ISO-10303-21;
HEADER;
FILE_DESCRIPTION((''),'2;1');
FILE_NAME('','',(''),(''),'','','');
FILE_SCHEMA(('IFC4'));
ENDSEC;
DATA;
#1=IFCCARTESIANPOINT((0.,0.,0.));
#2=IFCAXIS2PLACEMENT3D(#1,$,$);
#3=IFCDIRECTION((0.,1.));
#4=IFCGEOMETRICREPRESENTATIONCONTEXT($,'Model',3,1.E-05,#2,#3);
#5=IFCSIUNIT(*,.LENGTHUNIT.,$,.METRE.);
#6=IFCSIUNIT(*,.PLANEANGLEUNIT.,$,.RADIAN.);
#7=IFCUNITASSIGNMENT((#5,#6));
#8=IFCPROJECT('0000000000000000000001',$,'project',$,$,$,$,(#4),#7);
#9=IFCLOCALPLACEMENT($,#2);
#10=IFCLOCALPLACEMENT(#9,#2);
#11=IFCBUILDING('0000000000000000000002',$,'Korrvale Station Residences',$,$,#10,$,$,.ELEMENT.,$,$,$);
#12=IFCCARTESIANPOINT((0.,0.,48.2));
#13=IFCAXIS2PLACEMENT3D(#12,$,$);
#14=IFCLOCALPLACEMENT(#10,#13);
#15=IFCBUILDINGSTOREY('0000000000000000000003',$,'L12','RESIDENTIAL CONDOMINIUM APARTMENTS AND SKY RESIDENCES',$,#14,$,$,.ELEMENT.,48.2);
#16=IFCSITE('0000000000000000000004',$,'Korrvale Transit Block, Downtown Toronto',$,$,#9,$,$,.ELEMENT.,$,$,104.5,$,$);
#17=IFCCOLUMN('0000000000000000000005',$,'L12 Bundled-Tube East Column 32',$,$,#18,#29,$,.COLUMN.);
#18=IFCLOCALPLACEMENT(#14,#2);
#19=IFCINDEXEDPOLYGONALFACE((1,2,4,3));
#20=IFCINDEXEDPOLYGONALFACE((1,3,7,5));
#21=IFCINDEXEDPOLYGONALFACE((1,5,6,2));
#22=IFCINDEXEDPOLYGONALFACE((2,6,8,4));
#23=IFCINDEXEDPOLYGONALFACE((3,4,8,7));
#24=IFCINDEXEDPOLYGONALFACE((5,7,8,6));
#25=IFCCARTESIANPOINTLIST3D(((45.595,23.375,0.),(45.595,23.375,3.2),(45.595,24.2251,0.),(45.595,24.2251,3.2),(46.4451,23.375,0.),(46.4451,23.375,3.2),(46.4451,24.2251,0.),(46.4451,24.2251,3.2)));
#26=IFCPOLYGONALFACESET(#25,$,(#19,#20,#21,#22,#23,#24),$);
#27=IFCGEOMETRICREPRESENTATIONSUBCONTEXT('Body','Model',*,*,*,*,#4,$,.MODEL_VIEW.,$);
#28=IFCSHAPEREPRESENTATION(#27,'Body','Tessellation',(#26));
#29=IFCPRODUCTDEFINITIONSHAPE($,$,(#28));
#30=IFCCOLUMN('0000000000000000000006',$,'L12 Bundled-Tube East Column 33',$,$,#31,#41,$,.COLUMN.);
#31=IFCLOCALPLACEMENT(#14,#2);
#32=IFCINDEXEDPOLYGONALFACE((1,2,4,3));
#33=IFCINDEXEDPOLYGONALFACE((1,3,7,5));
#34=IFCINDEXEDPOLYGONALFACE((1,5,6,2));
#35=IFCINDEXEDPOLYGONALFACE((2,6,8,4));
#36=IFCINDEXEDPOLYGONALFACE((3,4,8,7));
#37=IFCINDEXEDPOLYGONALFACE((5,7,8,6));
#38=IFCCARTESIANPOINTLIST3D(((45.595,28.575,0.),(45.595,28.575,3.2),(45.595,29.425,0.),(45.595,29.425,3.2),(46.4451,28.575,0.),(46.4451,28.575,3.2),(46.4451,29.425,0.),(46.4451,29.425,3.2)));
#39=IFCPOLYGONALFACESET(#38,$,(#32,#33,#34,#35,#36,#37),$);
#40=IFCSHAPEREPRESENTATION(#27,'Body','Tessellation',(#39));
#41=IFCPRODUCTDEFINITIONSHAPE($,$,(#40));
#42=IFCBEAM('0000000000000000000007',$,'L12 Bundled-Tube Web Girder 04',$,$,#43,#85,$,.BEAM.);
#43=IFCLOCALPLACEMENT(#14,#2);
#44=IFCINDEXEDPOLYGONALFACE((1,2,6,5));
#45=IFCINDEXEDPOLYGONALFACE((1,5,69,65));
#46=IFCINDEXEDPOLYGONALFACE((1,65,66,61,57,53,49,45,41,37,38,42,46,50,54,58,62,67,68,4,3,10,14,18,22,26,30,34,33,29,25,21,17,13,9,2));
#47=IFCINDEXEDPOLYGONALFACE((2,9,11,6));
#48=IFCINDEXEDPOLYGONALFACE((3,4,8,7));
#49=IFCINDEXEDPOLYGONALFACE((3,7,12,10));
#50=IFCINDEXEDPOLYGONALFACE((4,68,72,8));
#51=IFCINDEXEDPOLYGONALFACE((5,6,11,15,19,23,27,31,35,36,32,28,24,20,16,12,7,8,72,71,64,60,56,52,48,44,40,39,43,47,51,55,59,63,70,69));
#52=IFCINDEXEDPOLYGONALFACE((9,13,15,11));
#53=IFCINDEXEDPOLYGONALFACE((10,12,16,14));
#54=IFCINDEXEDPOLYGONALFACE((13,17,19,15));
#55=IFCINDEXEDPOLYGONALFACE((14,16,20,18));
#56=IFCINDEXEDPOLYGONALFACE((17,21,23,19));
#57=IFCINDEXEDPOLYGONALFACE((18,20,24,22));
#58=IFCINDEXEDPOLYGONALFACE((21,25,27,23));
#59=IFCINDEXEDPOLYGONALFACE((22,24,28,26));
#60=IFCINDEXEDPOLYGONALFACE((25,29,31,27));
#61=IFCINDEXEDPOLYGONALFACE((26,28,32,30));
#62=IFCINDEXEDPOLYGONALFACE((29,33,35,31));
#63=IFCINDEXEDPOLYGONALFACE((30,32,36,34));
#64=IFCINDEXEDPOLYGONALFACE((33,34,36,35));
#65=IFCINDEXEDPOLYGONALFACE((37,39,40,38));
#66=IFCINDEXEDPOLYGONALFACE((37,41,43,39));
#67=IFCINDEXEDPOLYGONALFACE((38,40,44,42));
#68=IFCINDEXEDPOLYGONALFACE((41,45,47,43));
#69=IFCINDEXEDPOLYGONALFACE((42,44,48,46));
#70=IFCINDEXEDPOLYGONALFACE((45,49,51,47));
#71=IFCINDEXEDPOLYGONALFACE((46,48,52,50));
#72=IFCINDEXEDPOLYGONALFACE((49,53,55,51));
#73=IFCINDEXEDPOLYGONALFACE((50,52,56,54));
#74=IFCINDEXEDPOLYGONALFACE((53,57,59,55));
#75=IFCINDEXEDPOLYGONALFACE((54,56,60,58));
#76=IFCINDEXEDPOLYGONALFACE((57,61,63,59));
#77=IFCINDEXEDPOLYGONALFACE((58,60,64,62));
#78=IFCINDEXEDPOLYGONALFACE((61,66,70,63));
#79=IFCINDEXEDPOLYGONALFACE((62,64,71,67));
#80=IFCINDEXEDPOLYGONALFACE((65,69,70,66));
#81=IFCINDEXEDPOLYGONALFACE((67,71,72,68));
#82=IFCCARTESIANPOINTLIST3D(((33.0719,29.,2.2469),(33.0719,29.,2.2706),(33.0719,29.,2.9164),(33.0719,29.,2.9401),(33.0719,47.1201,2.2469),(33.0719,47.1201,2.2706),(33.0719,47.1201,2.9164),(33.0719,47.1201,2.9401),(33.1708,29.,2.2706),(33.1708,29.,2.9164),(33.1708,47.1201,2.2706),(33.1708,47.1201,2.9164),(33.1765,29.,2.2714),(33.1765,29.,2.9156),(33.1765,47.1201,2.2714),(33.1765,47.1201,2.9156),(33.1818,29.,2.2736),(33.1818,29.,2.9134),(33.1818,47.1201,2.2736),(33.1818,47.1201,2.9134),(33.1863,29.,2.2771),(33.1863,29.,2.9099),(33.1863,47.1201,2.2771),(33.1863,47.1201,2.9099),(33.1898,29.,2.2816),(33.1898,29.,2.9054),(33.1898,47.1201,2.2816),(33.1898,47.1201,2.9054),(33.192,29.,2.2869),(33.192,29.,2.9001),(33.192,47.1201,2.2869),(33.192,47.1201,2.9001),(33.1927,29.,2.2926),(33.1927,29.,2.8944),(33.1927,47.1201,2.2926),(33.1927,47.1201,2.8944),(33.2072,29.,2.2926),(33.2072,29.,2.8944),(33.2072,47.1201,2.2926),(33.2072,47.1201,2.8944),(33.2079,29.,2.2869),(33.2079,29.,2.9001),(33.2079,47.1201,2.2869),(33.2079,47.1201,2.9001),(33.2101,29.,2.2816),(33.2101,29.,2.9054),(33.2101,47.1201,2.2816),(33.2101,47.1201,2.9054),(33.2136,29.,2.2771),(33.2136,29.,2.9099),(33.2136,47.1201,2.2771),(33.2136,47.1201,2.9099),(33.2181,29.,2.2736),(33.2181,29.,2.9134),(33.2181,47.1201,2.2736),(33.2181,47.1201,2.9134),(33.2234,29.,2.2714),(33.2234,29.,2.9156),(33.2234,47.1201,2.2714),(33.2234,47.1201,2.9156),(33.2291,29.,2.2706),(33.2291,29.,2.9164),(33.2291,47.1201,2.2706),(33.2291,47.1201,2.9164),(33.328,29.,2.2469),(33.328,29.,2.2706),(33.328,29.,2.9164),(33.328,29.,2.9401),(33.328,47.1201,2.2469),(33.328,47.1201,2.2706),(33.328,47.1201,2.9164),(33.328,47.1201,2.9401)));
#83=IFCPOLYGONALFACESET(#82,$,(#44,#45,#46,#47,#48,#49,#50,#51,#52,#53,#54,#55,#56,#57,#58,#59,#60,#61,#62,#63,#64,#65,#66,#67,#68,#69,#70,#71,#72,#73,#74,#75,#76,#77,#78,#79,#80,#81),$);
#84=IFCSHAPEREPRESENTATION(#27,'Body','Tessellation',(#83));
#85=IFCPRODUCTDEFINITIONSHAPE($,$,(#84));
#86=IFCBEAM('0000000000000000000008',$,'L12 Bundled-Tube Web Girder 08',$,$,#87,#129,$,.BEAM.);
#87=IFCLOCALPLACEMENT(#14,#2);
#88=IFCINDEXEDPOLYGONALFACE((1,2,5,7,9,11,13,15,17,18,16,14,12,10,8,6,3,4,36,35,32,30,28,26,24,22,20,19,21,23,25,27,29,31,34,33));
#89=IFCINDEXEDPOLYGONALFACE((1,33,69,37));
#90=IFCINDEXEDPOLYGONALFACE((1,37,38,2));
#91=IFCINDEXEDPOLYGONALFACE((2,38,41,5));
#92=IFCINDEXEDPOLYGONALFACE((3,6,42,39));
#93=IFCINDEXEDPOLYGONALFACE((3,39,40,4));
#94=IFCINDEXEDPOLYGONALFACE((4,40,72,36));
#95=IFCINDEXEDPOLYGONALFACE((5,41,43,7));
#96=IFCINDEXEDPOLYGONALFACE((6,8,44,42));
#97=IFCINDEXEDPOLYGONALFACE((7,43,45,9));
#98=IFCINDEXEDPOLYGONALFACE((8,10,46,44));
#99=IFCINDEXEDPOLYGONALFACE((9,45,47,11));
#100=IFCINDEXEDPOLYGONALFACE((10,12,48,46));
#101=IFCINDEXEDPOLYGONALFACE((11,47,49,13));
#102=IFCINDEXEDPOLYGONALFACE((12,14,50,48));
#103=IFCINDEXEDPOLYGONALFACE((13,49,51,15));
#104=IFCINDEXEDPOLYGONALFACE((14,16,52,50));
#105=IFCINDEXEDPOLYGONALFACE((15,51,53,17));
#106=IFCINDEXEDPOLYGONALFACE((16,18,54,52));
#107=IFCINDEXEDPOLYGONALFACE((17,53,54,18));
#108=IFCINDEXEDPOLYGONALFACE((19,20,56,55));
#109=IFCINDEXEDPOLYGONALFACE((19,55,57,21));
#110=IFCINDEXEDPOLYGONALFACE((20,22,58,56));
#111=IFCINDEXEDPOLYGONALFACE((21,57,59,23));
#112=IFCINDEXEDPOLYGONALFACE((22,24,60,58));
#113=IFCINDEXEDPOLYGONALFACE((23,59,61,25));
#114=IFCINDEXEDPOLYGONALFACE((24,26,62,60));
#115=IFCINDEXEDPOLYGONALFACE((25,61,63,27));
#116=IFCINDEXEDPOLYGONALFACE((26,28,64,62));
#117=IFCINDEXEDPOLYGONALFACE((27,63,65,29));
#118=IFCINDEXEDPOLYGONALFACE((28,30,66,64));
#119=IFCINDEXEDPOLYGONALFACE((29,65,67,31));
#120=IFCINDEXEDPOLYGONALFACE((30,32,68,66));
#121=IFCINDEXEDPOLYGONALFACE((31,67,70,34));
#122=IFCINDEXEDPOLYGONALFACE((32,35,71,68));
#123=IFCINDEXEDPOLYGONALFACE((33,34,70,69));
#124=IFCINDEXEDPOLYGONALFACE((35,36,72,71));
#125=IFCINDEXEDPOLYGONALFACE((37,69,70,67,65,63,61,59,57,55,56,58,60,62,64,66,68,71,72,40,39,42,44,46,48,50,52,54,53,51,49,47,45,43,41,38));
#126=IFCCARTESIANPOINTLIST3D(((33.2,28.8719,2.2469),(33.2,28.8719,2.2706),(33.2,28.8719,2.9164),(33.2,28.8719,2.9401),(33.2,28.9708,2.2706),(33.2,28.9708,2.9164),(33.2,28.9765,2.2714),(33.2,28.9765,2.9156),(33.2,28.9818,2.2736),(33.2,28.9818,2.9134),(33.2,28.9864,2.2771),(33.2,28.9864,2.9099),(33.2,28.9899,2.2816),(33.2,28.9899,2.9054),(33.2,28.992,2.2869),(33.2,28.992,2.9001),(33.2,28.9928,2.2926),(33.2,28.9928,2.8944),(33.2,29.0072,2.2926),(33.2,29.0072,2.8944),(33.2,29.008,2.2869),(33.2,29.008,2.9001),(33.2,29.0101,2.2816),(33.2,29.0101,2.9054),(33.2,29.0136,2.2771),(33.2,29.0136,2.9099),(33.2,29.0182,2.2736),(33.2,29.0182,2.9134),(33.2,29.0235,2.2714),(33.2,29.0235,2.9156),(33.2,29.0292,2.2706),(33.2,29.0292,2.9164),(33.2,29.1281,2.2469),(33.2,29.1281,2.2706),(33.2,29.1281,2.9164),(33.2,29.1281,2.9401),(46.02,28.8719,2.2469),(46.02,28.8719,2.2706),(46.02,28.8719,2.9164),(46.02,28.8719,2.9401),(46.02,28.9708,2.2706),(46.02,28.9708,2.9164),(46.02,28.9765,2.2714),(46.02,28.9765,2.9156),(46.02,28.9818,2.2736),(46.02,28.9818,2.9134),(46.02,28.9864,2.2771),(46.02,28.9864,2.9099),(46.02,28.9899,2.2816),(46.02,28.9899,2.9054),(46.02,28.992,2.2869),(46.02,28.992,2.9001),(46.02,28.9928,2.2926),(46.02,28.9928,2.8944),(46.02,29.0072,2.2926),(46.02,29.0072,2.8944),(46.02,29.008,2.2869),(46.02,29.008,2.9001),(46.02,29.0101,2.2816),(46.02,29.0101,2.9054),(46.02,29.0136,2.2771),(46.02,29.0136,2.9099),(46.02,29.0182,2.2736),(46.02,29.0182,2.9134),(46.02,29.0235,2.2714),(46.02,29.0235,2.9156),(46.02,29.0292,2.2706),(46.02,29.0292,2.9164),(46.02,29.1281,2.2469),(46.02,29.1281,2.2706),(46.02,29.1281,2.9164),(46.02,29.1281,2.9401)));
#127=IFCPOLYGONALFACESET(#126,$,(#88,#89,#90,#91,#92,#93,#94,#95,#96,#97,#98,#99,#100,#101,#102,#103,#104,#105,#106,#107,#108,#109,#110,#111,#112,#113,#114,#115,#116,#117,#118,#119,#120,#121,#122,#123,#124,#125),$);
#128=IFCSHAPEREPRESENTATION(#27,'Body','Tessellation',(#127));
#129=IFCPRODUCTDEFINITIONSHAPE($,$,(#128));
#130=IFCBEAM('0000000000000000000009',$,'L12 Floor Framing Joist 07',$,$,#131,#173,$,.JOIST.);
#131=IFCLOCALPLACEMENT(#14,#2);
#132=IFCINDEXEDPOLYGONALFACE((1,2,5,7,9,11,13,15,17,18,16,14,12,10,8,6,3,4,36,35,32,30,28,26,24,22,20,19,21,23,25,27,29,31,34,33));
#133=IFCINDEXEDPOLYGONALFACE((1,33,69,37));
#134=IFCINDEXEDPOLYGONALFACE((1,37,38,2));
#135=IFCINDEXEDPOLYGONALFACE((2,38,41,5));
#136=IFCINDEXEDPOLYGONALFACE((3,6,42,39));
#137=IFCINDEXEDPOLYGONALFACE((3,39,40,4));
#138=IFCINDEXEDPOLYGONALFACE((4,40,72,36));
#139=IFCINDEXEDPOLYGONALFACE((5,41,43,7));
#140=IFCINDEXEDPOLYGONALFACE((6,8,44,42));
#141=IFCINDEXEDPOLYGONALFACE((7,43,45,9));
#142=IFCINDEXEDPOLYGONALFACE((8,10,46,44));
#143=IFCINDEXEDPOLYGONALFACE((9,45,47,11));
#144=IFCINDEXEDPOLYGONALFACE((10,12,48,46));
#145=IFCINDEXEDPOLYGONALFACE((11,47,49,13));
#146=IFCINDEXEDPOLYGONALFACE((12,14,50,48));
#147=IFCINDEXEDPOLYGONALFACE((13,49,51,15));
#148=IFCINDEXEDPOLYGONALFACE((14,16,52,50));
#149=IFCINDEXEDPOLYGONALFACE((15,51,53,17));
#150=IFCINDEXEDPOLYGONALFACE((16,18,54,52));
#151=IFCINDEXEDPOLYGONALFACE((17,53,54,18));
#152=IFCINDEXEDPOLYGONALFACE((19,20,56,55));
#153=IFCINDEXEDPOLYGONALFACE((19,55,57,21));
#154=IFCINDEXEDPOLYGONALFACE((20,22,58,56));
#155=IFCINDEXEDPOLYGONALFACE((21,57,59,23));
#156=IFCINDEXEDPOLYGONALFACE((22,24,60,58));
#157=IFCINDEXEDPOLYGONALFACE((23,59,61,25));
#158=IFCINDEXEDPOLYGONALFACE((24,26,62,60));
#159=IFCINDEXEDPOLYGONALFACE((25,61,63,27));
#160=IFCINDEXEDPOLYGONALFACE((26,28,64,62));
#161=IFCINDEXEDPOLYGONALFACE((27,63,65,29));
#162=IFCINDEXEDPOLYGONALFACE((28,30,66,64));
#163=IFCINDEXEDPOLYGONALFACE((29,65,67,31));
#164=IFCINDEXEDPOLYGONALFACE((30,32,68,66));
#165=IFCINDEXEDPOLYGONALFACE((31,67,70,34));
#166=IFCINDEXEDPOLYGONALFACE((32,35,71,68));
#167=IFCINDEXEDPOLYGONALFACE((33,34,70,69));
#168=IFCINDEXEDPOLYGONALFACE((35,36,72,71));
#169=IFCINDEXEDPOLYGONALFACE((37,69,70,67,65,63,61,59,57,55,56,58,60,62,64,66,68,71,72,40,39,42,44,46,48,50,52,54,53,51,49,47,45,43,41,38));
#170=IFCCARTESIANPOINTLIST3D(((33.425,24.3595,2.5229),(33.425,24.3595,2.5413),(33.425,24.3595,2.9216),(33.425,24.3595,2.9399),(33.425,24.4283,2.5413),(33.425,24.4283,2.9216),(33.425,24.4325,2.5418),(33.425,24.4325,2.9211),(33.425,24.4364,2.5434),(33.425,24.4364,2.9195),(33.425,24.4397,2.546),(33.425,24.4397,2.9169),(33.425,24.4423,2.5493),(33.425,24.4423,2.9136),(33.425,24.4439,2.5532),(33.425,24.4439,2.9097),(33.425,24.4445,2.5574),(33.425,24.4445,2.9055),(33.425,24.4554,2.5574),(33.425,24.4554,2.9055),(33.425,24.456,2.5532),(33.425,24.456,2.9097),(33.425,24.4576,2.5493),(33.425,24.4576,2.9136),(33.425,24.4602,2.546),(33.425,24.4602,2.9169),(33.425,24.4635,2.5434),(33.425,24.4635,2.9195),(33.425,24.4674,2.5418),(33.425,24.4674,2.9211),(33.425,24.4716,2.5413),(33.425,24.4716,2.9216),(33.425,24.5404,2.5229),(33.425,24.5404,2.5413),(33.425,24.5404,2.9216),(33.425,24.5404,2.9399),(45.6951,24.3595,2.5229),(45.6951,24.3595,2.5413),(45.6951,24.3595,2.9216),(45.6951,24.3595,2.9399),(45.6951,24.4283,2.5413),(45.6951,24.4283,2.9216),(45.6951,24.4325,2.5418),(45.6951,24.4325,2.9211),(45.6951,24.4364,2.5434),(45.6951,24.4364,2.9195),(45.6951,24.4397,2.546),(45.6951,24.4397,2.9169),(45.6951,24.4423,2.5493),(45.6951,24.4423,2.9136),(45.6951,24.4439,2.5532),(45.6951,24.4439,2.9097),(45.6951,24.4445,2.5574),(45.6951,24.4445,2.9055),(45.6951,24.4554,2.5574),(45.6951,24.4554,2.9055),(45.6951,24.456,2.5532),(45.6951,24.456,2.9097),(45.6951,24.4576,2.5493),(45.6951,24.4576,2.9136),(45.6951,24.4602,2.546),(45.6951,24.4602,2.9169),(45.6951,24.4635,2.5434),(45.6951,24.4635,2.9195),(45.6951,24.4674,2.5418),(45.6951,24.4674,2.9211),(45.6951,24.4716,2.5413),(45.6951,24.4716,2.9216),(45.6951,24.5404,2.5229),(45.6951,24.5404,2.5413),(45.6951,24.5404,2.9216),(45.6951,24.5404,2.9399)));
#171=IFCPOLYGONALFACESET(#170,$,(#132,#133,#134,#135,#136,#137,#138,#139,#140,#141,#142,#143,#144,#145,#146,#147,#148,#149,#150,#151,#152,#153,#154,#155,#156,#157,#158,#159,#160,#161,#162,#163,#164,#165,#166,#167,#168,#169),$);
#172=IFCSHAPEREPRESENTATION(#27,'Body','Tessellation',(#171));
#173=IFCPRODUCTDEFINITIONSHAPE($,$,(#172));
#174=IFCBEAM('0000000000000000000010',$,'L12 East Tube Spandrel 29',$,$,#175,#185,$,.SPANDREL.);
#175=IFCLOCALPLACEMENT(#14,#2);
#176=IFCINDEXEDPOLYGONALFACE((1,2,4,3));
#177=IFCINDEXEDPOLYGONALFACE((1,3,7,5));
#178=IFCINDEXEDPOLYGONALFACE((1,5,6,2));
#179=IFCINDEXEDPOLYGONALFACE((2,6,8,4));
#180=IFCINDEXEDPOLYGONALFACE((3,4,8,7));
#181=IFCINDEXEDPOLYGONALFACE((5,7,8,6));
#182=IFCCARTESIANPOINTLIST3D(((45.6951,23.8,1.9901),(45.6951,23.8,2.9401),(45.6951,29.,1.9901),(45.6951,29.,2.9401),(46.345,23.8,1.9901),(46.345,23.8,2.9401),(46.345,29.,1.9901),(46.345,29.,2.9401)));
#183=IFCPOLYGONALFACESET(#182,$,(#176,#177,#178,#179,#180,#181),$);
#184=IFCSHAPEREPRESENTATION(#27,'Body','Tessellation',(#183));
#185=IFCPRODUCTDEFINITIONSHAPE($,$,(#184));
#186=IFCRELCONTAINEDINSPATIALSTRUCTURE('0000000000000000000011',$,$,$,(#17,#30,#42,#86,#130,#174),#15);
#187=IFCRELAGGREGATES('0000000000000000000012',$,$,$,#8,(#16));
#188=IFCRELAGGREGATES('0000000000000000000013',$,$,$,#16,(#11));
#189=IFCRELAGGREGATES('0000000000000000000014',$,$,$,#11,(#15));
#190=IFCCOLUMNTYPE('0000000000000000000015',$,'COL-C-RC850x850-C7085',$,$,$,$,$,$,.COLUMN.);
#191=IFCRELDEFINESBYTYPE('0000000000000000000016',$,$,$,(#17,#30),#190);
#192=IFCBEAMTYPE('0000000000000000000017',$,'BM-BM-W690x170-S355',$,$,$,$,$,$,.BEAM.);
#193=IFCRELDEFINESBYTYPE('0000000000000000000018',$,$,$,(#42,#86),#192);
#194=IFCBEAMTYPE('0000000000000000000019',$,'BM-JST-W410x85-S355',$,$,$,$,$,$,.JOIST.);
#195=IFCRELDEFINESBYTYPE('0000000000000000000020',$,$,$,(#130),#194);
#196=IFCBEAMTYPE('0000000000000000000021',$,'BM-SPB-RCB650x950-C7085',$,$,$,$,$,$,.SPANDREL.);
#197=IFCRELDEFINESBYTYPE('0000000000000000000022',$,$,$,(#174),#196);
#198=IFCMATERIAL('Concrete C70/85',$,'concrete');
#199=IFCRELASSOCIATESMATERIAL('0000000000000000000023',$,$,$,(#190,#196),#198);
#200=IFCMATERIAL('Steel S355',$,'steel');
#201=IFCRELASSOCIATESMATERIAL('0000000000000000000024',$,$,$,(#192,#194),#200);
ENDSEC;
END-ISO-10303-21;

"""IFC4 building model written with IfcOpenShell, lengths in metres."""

from ifc_helpers import new_model, si_unit, direction, frame, origin, origin_2d, place, context, subcontext, project, spatial, rectangle, i_section, extrude, material, material_profile, profile_set, type_object, element, save


model = new_model("IFC4")

# Units and contexts
model_context = context("Model", 3, precision=1e-05, world=origin(), true_north=direction((0.0, 1.0)))
body_context = subcontext(model_context, "Body", "Model", "MODEL_VIEW")
ifc_project = project(units=[si_unit("LENGTHUNIT", "METRE"), si_unit("PLANEANGLEUNIT", "RADIAN")], contexts=[model_context])

# Site, building, storey
site_placement = place(None, origin())
site = spatial("IfcSite", under=ifc_project, at=site_placement, Name="Korrvale Transit Block, Downtown Toronto", CompositionType="ELEMENT", RefElevation=104.5)
building_placement = place(site_placement, origin())
building = spatial("IfcBuilding", under=site, at=building_placement, Name="Korrvale Station Residences", CompositionType="ELEMENT")
storey_placement = place(building_placement, frame((0.0, 0.0, 48.2)))
storey = spatial("IfcBuildingStorey", under=building, at=storey_placement, Name="L12", Description="RESIDENTIAL CONDOMINIUM APARTMENTS AND SKY RESIDENCES", CompositionType="ELEMENT", Elevation=48.2)

# Columns
ifc_material_1 = material(Name="Concrete C70/85", Category="concrete")
ifc_material_profile_1 = material_profile(ifc_material_1, rectangle(XDim=0.8501, YDim=0.8501, at=origin_2d()), Name="RC850x850")
ifc_profile_set_1 = profile_set([ifc_material_profile_1], Name="Concrete C70/85")
column_type = type_object("IfcColumnType", Name="COL-C-RC850x850-C7085", PredefinedType="COLUMN", material=ifc_profile_set_1)
for number, where, z_axis, x_axis, name in (
    (1, (46.02, 23.8, 0.0), (0.0, 0.0, 1.0), (1.0, 0.0, 0.0), "L12 Bundled-Tube East Column 32"),
    (2, (46.02, 29.0, 0.0), (0.0, 0.0, 1.0), (1.0, 0.0, 0.0), "L12 Bundled-Tube East Column 33"),
):
    element("IfcColumn", number, at=place(storey_placement, frame(where, z_axis=z_axis, x_axis=x_axis)), inside=storey, type_object=column_type, Name=name, PredefinedType="COLUMN", context=body_context, shape_type="SweptSolid", body=[
        extrude(rectangle(XDim=0.8501, YDim=0.8501, at=origin_2d()), origin(), (0.0, 0.0, 1.0), 3.2),
    ])

# Beams
ifc_material_2 = material(Name="Steel S355", Category="steel")
ifc_material_profile_2 = material_profile(ifc_material_2, i_section(OverallWidth=0.2561, OverallDepth=0.6931, WebThickness=0.0144, FlangeThickness=0.0237, FilletRadius=0.022, at=origin_2d()), Name="W690x170")
ifc_profile_set_2 = profile_set([ifc_material_profile_2], Name="Steel S355")
beam_type_1 = type_object("IfcBeamType", Name="BM-BM-W690x170-S355", PredefinedType="BEAM", material=ifc_profile_set_2)
beam_1_placement = place(storey_placement, frame((33.2, 29.0, 2.5935), z_axis=(0.0, 1.0, 0.0), x_axis=(-1.0, 0.0, 0.0)))
element("IfcBeam", 3, at=beam_1_placement, inside=storey, type_object=beam_type_1, Name="L12 Bundled-Tube Web Girder 04", PredefinedType="BEAM", context=body_context, shape_type="SweptSolid", body=[
    extrude(i_section(OverallWidth=0.2561, OverallDepth=0.6931, WebThickness=0.0144, FlangeThickness=0.0237, FilletRadius=0.022, at=origin_2d()), origin(), (0.0, 0.0, 1.0), 18.1201),
])
beam_2_placement = place(storey_placement, frame((33.2, 29.0, 2.5935), z_axis=(1.0, 0.0, 0.0), x_axis=(0.0, 1.0, 0.0)))
element("IfcBeam", 4, at=beam_2_placement, inside=storey, type_object=beam_type_1, Name="L12 Bundled-Tube Web Girder 08", PredefinedType="BEAM", context=body_context, shape_type="SweptSolid", body=[
    extrude(i_section(OverallWidth=0.2561, OverallDepth=0.6931, WebThickness=0.0144, FlangeThickness=0.0237, FilletRadius=0.022, at=origin_2d()), origin(), (0.0, 0.0, 1.0), 12.8201),
])
ifc_material_profile_3 = material_profile(ifc_material_2, i_section(OverallWidth=0.1809, OverallDepth=0.417, WebThickness=0.011, FlangeThickness=0.0183, FilletRadius=0.0161, at=origin_2d()), Name="W410x85")
ifc_profile_set_3 = profile_set([ifc_material_profile_3], Name="Steel S355")
beam_type_2 = type_object("IfcBeamType", Name="BM-JST-W410x85-S355", PredefinedType="JOIST", material=ifc_profile_set_3)
beam_3_placement = place(storey_placement, frame((33.425, 24.45, 2.7314), z_axis=(1.0, 0.0, 0.0), x_axis=(0.0, 1.0, 0.0)))
element("IfcBeam", 5, at=beam_3_placement, inside=storey, type_object=beam_type_2, Name="L12 Floor Framing Joist 07", PredefinedType="JOIST", context=body_context, shape_type="SweptSolid", body=[
    extrude(i_section(OverallWidth=0.1809, OverallDepth=0.417, WebThickness=0.011, FlangeThickness=0.0183, FilletRadius=0.0161, at=origin_2d()), origin(), (0.0, 0.0, 1.0), 12.27),
])
ifc_material_profile_4 = material_profile(ifc_material_1, rectangle(XDim=0.6499, YDim=0.95, at=origin_2d()), Name="RCB650x950")
ifc_profile_set_4 = profile_set([ifc_material_profile_4], Name="Concrete C70/85")
beam_type_3 = type_object("IfcBeamType", Name="BM-SPB-RCB650x950-C7085", PredefinedType="SPANDREL", material=ifc_profile_set_4)
beam_4_placement = place(storey_placement, frame((46.02, 23.8, 2.4651), z_axis=(0.0, 1.0, 0.0), x_axis=(-1.0, 0.0, 0.0)))
element("IfcBeam", 6, at=beam_4_placement, inside=storey, type_object=beam_type_3, Name="L12 East Tube Spandrel 29", PredefinedType="SPANDREL", context=body_context, shape_type="SweptSolid", body=[
    extrude(rectangle(XDim=0.6499, YDim=0.95, at=origin_2d()), origin(), (0.0, 0.0, 1.0), 5.2),
])

save(model, "model.ifc")
